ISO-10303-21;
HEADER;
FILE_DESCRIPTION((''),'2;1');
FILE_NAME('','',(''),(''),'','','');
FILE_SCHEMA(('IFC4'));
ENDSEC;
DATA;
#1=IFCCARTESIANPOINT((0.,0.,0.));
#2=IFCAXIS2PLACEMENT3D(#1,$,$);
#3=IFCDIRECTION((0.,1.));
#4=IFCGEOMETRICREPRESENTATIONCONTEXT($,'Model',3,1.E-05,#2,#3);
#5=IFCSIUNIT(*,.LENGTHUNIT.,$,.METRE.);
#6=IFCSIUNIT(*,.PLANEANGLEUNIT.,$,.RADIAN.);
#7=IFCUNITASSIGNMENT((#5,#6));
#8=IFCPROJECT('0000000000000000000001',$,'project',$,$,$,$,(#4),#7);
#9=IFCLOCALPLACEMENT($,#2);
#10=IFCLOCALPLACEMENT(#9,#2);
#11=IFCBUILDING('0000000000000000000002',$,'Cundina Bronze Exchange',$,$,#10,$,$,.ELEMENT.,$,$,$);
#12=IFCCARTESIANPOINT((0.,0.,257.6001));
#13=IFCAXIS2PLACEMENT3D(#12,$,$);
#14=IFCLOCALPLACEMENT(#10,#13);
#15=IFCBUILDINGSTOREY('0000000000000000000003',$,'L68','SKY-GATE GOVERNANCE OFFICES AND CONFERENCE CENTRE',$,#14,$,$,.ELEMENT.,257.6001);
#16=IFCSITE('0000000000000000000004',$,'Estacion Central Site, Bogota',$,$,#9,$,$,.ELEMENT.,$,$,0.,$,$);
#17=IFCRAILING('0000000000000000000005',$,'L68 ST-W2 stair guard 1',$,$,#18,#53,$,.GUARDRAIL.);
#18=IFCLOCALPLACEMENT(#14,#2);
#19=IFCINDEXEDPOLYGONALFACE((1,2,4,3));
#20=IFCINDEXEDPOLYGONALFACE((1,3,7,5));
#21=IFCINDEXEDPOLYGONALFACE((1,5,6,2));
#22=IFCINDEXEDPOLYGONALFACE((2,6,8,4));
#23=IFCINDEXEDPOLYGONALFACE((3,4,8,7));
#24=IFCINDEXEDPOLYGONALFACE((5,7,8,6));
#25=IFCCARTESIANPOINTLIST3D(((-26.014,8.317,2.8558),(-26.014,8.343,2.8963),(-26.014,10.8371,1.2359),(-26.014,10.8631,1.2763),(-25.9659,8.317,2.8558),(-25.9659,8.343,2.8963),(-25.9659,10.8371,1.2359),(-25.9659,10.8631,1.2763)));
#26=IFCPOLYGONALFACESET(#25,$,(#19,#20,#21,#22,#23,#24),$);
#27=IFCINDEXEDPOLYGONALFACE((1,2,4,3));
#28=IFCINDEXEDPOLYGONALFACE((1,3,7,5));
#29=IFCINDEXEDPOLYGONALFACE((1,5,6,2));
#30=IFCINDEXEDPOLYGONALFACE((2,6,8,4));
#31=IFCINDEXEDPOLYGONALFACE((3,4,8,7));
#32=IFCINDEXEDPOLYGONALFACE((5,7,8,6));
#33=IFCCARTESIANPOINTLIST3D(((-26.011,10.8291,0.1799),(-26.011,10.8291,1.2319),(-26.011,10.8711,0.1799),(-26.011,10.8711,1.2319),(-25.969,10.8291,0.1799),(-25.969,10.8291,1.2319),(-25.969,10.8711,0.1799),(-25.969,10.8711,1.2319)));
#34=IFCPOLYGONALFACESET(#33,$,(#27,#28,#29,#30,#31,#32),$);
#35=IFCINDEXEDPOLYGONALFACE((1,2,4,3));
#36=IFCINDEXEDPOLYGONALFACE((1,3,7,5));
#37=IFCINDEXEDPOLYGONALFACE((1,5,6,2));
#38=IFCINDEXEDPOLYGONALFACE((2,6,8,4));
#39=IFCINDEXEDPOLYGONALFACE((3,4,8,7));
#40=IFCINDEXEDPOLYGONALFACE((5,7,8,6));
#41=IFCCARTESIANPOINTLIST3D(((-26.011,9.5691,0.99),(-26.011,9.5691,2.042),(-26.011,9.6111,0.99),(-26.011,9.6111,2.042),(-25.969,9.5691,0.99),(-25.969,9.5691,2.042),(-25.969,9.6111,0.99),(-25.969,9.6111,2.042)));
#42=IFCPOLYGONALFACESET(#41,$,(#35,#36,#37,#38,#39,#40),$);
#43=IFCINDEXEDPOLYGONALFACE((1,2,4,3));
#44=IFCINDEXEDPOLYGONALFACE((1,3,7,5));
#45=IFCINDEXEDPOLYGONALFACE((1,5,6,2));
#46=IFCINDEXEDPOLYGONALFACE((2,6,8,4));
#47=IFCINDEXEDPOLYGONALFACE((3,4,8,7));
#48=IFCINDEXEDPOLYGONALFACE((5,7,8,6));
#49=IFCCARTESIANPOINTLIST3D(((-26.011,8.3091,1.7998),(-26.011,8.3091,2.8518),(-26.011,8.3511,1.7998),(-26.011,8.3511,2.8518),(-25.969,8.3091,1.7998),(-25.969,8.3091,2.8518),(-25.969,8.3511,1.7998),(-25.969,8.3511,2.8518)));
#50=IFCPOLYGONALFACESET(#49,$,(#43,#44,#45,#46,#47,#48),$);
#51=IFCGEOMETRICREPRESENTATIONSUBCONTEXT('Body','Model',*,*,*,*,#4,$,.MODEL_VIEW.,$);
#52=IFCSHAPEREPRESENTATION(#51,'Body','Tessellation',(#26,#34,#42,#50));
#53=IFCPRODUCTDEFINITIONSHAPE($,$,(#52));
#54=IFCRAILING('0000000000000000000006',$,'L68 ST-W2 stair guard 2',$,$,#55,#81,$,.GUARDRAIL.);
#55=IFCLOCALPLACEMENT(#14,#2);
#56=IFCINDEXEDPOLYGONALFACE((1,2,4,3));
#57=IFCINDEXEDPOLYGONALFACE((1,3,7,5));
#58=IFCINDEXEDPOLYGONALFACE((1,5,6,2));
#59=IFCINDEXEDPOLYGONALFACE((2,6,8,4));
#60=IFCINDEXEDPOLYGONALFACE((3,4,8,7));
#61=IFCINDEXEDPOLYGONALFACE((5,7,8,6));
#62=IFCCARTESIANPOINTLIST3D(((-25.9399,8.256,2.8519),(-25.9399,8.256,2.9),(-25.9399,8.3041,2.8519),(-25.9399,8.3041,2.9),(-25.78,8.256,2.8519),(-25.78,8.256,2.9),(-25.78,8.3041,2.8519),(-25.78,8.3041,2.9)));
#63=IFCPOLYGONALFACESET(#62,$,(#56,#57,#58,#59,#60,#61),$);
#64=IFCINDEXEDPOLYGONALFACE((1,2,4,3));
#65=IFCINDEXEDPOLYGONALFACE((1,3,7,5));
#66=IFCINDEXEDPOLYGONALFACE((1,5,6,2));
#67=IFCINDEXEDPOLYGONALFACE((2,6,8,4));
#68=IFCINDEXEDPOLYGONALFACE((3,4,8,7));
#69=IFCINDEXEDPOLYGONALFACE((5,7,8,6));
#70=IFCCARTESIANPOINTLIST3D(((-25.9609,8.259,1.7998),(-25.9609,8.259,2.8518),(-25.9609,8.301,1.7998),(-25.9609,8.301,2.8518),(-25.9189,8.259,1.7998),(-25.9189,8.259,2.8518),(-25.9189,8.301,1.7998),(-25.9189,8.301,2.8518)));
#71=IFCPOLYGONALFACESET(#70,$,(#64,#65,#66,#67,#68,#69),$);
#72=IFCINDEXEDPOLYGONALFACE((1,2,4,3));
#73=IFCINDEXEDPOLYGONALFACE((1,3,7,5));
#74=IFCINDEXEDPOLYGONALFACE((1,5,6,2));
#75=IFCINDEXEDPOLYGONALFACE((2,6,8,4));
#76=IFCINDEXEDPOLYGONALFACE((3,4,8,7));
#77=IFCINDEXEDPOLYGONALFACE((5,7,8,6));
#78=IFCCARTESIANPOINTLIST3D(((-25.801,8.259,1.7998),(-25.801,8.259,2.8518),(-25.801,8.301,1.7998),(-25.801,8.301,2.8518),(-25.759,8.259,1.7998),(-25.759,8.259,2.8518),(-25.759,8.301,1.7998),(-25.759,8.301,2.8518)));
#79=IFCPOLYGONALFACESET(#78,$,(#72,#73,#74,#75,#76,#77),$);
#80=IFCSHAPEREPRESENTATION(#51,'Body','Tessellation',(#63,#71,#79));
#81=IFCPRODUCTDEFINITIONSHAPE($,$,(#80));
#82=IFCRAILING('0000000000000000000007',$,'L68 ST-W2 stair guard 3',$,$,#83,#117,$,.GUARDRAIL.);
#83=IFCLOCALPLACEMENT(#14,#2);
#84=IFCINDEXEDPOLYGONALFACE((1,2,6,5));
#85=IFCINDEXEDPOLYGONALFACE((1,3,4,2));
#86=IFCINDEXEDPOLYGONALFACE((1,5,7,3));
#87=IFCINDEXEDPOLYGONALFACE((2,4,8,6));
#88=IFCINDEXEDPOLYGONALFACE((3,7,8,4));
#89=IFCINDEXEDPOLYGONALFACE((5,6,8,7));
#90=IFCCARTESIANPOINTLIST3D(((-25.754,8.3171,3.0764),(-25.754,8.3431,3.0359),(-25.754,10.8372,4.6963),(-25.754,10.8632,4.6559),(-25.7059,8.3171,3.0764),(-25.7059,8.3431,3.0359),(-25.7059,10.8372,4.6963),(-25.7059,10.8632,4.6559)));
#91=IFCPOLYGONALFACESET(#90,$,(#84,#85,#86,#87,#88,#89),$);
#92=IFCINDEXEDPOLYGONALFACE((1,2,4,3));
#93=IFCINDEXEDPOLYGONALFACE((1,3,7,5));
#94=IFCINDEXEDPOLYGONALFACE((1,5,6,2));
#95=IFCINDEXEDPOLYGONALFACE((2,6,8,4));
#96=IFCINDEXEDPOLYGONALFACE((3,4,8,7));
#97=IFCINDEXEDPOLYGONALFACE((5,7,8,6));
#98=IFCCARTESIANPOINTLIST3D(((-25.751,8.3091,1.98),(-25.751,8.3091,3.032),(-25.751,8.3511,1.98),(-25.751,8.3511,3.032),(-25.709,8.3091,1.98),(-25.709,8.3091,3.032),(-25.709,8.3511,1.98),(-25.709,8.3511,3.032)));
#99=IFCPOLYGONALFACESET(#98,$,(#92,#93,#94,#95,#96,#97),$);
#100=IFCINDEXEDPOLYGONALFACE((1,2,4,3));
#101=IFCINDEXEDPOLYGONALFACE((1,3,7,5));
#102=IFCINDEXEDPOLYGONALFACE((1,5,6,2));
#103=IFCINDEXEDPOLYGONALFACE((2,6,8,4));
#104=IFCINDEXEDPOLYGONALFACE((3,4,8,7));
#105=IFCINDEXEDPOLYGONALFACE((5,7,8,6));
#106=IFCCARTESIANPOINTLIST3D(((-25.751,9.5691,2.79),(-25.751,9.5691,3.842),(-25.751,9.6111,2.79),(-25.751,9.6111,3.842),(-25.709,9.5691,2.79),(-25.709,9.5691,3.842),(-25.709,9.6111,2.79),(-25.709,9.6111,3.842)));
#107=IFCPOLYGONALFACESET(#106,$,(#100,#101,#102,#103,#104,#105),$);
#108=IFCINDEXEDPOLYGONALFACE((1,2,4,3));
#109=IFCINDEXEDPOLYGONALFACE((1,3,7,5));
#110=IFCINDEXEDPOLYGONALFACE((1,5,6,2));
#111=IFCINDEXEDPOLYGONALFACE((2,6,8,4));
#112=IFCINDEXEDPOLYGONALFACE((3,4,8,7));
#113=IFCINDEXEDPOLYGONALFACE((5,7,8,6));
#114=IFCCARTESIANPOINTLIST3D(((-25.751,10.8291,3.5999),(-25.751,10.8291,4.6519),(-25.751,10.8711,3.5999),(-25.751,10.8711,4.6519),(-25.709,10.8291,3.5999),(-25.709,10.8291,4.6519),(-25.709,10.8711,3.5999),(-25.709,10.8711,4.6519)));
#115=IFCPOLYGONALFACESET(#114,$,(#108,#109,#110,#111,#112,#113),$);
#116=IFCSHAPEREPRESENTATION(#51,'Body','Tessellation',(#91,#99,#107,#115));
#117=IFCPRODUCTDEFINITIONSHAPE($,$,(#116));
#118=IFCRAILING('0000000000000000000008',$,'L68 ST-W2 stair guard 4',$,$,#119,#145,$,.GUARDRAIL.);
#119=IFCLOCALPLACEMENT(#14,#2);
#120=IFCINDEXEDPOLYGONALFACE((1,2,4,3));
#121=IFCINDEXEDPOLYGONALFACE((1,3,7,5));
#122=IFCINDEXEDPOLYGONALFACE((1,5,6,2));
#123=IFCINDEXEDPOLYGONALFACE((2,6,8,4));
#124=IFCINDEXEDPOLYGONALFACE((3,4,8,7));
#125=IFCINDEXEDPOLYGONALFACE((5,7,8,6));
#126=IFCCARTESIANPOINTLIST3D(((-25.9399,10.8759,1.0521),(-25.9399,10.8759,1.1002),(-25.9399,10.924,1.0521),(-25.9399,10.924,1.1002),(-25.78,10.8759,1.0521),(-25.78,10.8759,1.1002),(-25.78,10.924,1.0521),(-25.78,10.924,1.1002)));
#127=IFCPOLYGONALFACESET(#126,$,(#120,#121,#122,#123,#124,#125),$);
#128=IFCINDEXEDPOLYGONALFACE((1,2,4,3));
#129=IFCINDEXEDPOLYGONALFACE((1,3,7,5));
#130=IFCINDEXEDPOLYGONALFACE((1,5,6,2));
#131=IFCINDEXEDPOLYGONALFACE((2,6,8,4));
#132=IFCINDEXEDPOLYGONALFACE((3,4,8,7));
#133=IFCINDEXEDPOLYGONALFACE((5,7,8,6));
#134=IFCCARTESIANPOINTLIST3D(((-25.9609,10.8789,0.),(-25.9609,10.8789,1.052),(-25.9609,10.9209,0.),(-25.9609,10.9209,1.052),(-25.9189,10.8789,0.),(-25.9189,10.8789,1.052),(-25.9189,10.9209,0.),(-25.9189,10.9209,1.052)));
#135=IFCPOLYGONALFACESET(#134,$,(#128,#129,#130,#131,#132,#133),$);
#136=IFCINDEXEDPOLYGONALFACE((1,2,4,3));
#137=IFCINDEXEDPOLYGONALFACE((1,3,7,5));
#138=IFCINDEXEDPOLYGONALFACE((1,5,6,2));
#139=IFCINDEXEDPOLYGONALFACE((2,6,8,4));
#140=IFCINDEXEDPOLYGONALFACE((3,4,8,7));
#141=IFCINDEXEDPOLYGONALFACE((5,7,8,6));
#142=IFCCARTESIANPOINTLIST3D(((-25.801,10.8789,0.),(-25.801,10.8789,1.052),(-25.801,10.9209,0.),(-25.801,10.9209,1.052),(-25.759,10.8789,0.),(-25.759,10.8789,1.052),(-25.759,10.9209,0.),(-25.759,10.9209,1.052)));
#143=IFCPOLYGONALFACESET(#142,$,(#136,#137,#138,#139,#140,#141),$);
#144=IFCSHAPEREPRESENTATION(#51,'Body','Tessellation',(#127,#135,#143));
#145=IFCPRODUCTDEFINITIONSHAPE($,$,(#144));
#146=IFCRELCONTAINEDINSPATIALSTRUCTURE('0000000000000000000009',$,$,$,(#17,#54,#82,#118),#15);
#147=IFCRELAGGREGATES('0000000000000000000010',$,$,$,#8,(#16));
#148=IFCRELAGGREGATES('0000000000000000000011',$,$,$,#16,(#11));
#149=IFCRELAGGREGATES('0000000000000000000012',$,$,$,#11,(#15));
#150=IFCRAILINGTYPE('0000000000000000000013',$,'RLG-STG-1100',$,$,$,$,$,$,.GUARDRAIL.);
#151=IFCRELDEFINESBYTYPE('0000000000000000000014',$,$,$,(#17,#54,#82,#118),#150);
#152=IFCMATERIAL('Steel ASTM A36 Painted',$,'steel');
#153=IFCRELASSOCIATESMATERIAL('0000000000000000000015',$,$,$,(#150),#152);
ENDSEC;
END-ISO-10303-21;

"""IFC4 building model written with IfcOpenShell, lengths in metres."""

from ifc_helpers import new_model, si_unit, direction, frame, origin, origin_2d, place, context, subcontext, project, spatial, rectangle, extrude, material, type_object, element, save


model = new_model("IFC4")

# Units and contexts
model_context = context("Model", 3, precision=1e-05, world=origin(), true_north=direction((0.0, 1.0)))
body_context = subcontext(model_context, "Body", "Model", "MODEL_VIEW")
ifc_project = project(units=[si_unit("LENGTHUNIT", "METRE"), si_unit("PLANEANGLEUNIT", "RADIAN")], contexts=[model_context])

# Site, building, storey
site_placement = place(None, origin())
site = spatial("IfcSite", under=ifc_project, at=site_placement, Name="Estacion Central Site, Bogota", CompositionType="ELEMENT", RefElevation=0.0)
building_placement = place(site_placement, origin())
building = spatial("IfcBuilding", under=site, at=building_placement, Name="Cundina Bronze Exchange", CompositionType="ELEMENT")
storey_placement = place(building_placement, frame((0.0, 0.0, 257.6001)))
storey = spatial("IfcBuildingStorey", under=building, at=storey_placement, Name="L68", Description="SKY-GATE GOVERNANCE OFFICES AND CONFERENCE CENTRE", CompositionType="ELEMENT", Elevation=257.6001)

# Shared definitions
ifc_material_1 = material(Name="Steel ASTM A36 Painted", Category="steel")

# Railings
railing_type_1 = type_object("IfcRailingType", Name="RLG-STG-1100", PredefinedType="GUARDRAIL", material=ifc_material_1)
railing_1_placement = place(storey_placement, frame((-25.99, 10.8501, 0.1799)))
element("IfcRailing", 1, at=railing_1_placement, inside=storey, type_object=railing_type_1, Name="L68 ST-W2 stair guard 1", PredefinedType="GUARDRAIL", context=body_context, shape_type="SweptSolid", body=[
    extrude(rectangle(XDim=0.0481, YDim=0.0481, at=origin_2d()), frame((0.0, 0.0, 1.0762), z_axis=(0.0, -0.8412, 0.540725), x_axis=(1.0, 0.0, 0.0)), (0.0, 0.0, 1.0), 2.9958),
    extrude(rectangle(XDim=0.042, YDim=0.042, at=origin_2d()), origin(), (0.0, 0.0, 1.0), 1.052),
    extrude(rectangle(XDim=0.042, YDim=0.042, at=origin_2d()), frame((0.0, -1.26, 0.8101)), (0.0, 0.0, 1.0), 1.052),
    extrude(rectangle(XDim=0.042, YDim=0.042, at=origin_2d()), frame((0.0, -2.52, 1.6199)), (0.0, 0.0, 1.0), 1.052),
])
railing_2_placement = place(storey_placement, frame((-25.9399, 8.28, 1.7998)))
element("IfcRailing", 2, at=railing_2_placement, inside=storey, type_object=railing_type_1, Name="L68 ST-W2 stair guard 2", PredefinedType="GUARDRAIL", context=body_context, shape_type="SweptSolid", body=[
    extrude(rectangle(XDim=0.0481, YDim=0.0481, at=origin_2d()), frame((0.0, 0.0, 1.0762), z_axis=(1.0, 0.0, 0.0), x_axis=(0.0, 1.0, 0.0)), (0.0, 0.0, 1.0), 0.1599),
    extrude(rectangle(XDim=0.042, YDim=0.042, at=origin_2d()), origin(), (0.0, 0.0, 1.0), 1.052),
    extrude(rectangle(XDim=0.042, YDim=0.042, at=origin_2d()), frame((0.1599, 0.0, 0.0)), (0.0, 0.0, 1.0), 1.052),
])
railing_3_placement = place(storey_placement, frame((-25.73, 8.3301, 1.98)))
element("IfcRailing", 3, at=railing_3_placement, inside=storey, type_object=railing_type_1, Name="L68 ST-W2 stair guard 3", PredefinedType="GUARDRAIL", context=body_context, shape_type="SweptSolid", body=[
    extrude(rectangle(XDim=0.0481, YDim=0.0481, at=origin_2d()), frame((0.0, 0.0, 1.0762), z_axis=(0.0, 0.8412, 0.540725), x_axis=(-1.0, 0.0, 0.0)), (0.0, 0.0, 1.0), 2.9958),
    extrude(rectangle(XDim=0.042, YDim=0.042, at=origin_2d()), origin(), (0.0, 0.0, 1.0), 1.052),
    extrude(rectangle(XDim=0.042, YDim=0.042, at=origin_2d()), frame((0.0, 1.26, 0.8101)), (0.0, 0.0, 1.0), 1.052),
    extrude(rectangle(XDim=0.042, YDim=0.042, at=origin_2d()), frame((0.0, 2.52, 1.6199)), (0.0, 0.0, 1.0), 1.052),
])
railing_4_placement = place(storey_placement, frame((-25.9399, 10.8999, 0.0)))
element("IfcRailing", 4, at=railing_4_placement, inside=storey, type_object=railing_type_1, Name="L68 ST-W2 stair guard 4", PredefinedType="GUARDRAIL", context=body_context, shape_type="SweptSolid", body=[
    extrude(rectangle(XDim=0.0481, YDim=0.0481, at=origin_2d()), frame((0.0, 0.0, 1.0762), z_axis=(1.0, 0.0, 0.0), x_axis=(0.0, 1.0, 0.0)), (0.0, 0.0, 1.0), 0.1599),
    extrude(rectangle(XDim=0.042, YDim=0.042, at=origin_2d()), origin(), (0.0, 0.0, 1.0), 1.052),
    extrude(rectangle(XDim=0.042, YDim=0.042, at=origin_2d()), frame((0.1599, 0.0, 0.0)), (0.0, 0.0, 1.0), 1.052),
])

save(model, "model.ifc")
